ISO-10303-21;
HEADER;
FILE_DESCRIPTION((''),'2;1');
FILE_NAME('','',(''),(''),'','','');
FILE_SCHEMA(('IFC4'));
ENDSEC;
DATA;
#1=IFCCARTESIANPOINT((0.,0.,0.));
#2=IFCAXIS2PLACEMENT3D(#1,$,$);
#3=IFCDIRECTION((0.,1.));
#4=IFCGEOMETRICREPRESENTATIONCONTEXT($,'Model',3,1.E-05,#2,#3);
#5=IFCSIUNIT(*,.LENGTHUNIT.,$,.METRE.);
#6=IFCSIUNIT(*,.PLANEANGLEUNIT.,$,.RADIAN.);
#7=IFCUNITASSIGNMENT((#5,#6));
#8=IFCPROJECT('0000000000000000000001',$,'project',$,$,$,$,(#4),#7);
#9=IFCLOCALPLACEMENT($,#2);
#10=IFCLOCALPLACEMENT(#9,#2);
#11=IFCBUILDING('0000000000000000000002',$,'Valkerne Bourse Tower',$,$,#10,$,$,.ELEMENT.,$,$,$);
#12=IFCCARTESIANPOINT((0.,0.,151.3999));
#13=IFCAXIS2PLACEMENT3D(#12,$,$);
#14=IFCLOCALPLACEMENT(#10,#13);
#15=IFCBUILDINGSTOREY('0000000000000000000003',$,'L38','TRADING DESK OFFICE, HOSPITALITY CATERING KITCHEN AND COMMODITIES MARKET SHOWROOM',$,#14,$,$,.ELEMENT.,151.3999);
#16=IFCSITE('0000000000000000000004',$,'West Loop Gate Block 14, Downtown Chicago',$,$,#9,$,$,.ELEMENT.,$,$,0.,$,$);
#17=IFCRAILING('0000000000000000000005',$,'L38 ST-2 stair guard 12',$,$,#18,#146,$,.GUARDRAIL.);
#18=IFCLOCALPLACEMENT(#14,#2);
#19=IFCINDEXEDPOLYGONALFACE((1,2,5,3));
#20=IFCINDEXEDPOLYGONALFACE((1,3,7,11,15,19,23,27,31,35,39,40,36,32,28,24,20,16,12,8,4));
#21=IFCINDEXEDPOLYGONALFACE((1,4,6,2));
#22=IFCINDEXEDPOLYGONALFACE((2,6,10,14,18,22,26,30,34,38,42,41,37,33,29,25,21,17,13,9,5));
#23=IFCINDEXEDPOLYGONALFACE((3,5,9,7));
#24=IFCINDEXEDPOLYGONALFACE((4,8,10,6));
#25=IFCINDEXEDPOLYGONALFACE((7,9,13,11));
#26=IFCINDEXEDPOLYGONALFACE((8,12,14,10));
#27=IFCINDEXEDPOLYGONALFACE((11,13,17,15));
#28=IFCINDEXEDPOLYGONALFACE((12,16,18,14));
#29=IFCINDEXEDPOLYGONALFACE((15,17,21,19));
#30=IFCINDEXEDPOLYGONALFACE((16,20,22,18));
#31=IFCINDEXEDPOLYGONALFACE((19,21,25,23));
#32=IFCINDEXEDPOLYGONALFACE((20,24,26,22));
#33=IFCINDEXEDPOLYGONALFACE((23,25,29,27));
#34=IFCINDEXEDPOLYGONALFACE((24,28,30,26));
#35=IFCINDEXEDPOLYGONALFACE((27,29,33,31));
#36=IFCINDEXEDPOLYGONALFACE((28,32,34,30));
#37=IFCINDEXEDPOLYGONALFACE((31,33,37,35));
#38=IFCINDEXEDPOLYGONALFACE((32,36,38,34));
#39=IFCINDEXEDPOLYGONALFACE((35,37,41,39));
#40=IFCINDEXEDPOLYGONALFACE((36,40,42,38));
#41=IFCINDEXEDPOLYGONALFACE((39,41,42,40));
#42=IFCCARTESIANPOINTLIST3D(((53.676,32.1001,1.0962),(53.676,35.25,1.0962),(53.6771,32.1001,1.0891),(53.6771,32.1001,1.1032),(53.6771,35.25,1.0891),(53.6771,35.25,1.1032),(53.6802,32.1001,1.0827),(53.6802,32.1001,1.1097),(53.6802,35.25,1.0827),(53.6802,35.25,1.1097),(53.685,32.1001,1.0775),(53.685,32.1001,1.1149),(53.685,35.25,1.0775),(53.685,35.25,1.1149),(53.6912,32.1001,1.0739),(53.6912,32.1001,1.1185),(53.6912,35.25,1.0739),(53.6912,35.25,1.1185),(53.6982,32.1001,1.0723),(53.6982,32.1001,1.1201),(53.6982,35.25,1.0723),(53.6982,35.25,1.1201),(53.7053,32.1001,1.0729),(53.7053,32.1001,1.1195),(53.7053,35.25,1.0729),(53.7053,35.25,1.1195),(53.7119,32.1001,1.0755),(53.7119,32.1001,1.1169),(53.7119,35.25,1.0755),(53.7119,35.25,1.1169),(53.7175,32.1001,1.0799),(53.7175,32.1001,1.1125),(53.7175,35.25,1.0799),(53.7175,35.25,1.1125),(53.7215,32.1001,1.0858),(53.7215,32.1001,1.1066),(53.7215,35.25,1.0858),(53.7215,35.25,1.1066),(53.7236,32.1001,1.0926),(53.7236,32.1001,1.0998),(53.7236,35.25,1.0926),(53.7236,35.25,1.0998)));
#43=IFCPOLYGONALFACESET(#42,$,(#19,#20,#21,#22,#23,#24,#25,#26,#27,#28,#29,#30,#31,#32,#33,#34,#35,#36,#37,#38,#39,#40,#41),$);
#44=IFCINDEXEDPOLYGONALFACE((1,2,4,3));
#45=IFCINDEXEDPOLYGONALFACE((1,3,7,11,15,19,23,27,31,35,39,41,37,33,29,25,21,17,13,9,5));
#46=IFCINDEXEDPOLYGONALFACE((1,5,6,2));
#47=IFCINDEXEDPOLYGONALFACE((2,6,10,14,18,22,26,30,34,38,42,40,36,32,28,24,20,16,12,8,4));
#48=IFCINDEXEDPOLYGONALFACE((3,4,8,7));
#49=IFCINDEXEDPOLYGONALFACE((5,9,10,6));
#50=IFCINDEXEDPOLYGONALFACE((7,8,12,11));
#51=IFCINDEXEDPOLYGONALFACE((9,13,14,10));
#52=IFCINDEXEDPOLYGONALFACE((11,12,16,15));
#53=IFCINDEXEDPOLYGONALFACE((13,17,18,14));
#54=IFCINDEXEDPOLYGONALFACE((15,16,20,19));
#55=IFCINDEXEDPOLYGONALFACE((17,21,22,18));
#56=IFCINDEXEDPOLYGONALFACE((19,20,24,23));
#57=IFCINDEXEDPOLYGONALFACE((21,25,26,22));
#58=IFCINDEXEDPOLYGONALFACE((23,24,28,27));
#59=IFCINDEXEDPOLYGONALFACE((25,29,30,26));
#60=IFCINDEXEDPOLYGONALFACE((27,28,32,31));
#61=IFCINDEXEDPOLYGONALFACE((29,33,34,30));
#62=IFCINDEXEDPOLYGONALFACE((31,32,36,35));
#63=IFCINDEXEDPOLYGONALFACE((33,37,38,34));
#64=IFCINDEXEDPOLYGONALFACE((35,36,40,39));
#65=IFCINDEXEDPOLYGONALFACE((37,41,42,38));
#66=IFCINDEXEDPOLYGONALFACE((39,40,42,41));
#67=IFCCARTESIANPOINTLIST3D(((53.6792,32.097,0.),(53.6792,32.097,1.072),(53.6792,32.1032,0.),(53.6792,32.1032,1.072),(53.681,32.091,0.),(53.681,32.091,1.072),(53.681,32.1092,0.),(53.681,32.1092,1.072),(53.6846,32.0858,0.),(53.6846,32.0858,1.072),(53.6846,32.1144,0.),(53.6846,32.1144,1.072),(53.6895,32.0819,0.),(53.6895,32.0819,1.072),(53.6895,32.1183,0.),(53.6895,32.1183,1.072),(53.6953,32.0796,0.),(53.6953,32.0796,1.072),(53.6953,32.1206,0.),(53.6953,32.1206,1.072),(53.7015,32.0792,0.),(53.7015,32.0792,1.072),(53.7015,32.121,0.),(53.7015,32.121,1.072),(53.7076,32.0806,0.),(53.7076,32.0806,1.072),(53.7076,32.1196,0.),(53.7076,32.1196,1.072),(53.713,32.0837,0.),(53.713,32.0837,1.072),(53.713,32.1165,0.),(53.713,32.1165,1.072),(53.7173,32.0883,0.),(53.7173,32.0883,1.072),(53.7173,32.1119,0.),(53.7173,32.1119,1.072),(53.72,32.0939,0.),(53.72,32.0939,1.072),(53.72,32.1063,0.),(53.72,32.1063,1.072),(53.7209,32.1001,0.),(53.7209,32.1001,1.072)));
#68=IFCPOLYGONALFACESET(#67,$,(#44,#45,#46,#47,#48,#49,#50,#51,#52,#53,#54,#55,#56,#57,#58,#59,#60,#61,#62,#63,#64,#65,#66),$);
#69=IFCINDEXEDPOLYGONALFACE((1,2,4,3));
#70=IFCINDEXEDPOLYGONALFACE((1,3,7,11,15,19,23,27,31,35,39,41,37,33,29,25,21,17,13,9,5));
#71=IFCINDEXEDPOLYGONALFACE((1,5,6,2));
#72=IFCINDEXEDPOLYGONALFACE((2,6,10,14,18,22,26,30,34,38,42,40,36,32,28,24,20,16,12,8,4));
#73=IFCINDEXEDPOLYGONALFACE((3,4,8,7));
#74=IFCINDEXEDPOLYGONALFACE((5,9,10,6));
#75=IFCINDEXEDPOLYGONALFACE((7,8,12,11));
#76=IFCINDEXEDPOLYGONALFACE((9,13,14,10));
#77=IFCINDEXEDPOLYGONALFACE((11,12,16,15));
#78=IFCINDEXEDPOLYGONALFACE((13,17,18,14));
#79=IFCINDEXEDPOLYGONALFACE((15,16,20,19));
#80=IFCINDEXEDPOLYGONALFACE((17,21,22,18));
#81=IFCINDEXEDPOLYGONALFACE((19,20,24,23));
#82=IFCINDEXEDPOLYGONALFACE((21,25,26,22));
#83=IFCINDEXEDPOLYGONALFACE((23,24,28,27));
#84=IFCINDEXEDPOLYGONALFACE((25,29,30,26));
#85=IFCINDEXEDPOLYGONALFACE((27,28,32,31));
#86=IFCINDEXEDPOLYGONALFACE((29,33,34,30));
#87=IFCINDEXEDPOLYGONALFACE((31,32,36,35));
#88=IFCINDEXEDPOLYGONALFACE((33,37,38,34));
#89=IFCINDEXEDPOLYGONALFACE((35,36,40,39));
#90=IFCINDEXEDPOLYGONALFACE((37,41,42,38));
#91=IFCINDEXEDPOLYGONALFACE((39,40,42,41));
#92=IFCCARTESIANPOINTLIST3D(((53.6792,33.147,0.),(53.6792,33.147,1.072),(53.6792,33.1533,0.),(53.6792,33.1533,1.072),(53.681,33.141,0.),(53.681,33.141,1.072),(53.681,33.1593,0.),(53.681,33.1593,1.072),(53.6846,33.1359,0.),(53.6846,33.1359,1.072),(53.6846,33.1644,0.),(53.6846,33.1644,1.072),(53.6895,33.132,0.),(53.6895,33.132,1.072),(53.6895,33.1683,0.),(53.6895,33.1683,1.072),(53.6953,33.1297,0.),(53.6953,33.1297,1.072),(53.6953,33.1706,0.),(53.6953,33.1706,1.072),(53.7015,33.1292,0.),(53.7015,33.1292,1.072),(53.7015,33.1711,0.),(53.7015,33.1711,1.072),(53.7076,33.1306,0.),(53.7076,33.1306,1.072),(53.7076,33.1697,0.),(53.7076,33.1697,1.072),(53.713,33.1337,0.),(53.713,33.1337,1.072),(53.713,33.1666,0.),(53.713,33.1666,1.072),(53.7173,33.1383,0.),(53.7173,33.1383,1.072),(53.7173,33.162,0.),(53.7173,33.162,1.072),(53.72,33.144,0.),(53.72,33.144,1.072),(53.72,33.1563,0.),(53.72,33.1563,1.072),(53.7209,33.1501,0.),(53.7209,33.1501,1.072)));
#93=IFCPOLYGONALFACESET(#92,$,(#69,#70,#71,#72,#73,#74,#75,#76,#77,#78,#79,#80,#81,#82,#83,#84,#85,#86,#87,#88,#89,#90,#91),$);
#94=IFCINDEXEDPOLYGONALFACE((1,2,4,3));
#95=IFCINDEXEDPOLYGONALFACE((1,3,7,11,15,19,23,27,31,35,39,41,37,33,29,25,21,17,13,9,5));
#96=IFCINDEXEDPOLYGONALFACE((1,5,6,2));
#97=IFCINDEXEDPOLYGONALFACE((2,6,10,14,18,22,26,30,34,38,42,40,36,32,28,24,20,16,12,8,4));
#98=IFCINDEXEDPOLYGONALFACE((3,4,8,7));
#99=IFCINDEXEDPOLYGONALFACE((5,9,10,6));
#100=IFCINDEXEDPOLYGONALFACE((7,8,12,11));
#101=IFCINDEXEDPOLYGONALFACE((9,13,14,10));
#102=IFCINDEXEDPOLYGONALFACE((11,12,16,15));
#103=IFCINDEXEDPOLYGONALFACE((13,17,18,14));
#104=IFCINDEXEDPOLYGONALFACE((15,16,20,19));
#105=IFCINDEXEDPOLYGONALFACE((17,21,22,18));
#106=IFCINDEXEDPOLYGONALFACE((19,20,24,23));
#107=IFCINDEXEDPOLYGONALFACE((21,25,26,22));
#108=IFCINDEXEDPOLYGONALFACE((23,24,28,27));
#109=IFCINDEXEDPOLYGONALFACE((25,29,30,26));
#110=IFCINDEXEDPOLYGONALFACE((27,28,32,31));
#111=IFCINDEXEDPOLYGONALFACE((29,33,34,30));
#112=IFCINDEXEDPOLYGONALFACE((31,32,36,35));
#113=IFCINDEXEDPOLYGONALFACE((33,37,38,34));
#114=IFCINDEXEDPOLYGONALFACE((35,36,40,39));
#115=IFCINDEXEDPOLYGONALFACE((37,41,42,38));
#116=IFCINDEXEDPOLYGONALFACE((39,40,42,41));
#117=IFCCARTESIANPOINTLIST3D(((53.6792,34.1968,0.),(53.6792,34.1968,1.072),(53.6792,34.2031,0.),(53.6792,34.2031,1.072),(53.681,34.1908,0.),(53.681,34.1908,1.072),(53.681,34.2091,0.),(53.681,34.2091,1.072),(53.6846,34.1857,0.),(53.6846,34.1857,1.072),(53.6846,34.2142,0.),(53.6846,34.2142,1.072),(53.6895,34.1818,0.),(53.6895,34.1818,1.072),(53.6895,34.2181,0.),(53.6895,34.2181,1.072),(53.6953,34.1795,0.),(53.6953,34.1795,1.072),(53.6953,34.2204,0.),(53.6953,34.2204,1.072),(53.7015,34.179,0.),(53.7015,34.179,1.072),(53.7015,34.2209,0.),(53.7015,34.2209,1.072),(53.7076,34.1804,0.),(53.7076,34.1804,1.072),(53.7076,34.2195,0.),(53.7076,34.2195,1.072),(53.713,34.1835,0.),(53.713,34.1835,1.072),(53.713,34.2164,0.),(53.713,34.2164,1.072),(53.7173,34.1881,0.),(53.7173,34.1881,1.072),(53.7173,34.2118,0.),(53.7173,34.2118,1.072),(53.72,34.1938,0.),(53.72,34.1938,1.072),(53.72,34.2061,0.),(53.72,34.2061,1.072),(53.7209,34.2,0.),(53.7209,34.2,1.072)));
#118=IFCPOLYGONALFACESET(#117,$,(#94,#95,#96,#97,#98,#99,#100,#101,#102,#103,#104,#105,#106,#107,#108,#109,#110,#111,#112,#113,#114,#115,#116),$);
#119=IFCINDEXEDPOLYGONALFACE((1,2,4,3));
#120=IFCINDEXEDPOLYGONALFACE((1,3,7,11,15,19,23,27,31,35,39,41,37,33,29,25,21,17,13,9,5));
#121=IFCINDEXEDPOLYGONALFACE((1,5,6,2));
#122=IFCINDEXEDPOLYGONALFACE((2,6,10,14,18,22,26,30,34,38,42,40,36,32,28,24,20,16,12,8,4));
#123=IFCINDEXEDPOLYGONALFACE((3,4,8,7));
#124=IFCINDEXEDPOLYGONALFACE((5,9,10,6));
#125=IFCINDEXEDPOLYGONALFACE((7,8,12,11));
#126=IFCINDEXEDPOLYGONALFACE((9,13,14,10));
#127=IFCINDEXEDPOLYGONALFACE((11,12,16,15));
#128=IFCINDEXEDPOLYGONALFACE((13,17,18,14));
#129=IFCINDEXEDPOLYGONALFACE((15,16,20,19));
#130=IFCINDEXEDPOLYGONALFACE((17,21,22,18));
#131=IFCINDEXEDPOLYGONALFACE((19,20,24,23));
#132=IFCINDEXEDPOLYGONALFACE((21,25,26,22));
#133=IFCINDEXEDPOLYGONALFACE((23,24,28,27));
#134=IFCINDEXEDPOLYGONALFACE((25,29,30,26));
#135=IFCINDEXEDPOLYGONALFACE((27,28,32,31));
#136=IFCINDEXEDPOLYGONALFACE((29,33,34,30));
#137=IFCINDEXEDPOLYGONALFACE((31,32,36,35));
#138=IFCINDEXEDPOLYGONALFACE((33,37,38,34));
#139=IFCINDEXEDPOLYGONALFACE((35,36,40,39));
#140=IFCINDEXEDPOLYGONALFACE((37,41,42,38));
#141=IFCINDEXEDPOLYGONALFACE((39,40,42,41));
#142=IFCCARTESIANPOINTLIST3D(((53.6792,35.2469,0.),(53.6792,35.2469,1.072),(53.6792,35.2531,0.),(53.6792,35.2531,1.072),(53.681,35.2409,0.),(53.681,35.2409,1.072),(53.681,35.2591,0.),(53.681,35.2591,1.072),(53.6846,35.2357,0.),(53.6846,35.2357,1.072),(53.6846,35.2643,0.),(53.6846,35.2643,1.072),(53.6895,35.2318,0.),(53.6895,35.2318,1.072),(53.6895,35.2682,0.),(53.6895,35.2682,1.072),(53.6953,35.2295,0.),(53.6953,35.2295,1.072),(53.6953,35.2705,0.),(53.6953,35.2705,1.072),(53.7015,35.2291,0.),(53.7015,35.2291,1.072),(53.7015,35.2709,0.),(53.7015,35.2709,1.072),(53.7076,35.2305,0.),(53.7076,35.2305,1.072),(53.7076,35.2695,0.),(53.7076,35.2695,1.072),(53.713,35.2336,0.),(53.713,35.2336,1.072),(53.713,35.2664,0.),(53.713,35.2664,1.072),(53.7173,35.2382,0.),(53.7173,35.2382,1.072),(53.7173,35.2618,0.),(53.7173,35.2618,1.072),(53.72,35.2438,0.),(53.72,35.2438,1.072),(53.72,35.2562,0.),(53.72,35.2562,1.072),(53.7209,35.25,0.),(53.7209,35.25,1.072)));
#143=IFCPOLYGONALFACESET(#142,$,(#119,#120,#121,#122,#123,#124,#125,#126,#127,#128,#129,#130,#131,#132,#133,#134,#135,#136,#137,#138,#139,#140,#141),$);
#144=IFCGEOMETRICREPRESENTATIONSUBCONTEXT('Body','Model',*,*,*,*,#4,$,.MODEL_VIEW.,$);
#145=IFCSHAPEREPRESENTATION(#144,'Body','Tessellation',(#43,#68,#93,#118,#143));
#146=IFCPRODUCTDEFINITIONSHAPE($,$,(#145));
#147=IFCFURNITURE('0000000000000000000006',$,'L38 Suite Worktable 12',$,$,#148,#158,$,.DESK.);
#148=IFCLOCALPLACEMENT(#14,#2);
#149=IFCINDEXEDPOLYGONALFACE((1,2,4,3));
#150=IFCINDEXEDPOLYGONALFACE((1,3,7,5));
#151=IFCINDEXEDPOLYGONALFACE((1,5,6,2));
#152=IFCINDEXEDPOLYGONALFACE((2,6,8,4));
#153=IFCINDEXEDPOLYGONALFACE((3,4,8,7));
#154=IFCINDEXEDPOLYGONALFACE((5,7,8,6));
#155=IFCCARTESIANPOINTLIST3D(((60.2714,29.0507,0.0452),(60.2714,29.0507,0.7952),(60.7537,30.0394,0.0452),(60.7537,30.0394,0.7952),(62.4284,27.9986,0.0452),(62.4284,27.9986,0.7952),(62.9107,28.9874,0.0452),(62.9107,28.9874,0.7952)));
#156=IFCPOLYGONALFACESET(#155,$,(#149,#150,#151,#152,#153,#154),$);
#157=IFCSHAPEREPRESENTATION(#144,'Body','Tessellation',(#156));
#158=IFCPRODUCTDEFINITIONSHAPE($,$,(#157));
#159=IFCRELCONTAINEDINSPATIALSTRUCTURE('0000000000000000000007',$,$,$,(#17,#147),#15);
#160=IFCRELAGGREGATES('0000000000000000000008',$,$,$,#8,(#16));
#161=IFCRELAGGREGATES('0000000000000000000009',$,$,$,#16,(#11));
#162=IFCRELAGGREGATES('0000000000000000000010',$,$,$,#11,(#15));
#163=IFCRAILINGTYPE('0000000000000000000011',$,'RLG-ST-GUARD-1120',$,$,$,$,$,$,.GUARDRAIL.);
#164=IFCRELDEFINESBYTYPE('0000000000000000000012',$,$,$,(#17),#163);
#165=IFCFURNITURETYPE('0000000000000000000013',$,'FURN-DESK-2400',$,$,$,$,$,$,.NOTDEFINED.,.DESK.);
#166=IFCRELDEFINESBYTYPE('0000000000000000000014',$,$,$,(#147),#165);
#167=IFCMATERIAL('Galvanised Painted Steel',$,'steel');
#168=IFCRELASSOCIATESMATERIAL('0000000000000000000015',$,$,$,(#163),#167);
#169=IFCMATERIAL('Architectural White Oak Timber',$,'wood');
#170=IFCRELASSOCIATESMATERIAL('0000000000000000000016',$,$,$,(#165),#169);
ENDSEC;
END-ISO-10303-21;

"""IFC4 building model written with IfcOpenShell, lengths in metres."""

from ifc_helpers import new_model, si_unit, direction, frame, origin, origin_2d, place, context, subcontext, project, spatial, rectangle, circle, extrude, material, type_object, element, save


model = new_model("IFC4")

# Units and contexts
model_context = context("Model", 3, precision=1e-05, world=origin(), true_north=direction((0.0, 1.0)))
body_context = subcontext(model_context, "Body", "Model", "MODEL_VIEW")
ifc_project = project(units=[si_unit("LENGTHUNIT", "METRE"), si_unit("PLANEANGLEUNIT", "RADIAN")], contexts=[model_context])

# Site, building, storey
site_placement = place(None, origin())
site = spatial("IfcSite", under=ifc_project, at=site_placement, Name="West Loop Gate Block 14, Downtown Chicago", CompositionType="ELEMENT", RefElevation=0.0)
building_placement = place(site_placement, origin())
building = spatial("IfcBuilding", under=site, at=building_placement, Name="Valkerne Bourse Tower", CompositionType="ELEMENT")
storey_placement = place(building_placement, frame((0.0, 0.0, 151.3999)))
storey = spatial("IfcBuildingStorey", under=building, at=storey_placement, Name="L38", Description="TRADING DESK OFFICE, HOSPITALITY CATERING KITCHEN AND COMMODITIES MARKET SHOWROOM", CompositionType="ELEMENT", Elevation=151.3999)

# Shared definitions
ifc_material_1 = material(Name="Architectural White Oak Timber", Category="wood")

# Railing
ifc_material_2 = material(Name="Galvanised Painted Steel", Category="steel")
railing_type = type_object("IfcRailingType", Name="RLG-ST-GUARD-1120", PredefinedType="GUARDRAIL", material=ifc_material_2)
railing_1_placement = place(storey_placement, frame((53.7, 32.1001, 0.0)))
element("IfcRailing", 1, at=railing_1_placement, inside=storey, type_object=railing_type, Name="L38 ST-2 stair guard 12", PredefinedType="GUARDRAIL", context=body_context, shape_type="SweptSolid", body=[
    extrude(circle(Radius=0.0239, at=origin_2d()), frame((0.0, 0.0, 1.0962), z_axis=(0.0, 1.0, 0.0), x_axis=(-1.0, 0.0, 0.0)), (0.0, 0.0, 1.0), 3.1499),
    extrude(circle(Radius=0.021, at=origin_2d()), origin(), (0.0, 0.0, 1.0), 1.072),
    extrude(circle(Radius=0.021, at=origin_2d()), frame((0.0, 1.05, 0.0)), (0.0, 0.0, 1.0), 1.072),
    extrude(circle(Radius=0.021, at=origin_2d()), frame((0.0, 2.0999, 0.0)), (0.0, 0.0, 1.0), 1.072),
    extrude(circle(Radius=0.021, at=origin_2d()), frame((0.0, 3.1499, 0.0)), (0.0, 0.0, 1.0), 1.072),
])

# Furniture
furniture_type = type_object("IfcFurnitureType", Name="FURN-DESK-2400", AssemblyPlace="NOTDEFINED", PredefinedType="DESK", material=ifc_material_1)
furniture_placement = place(storey_placement, frame((61.5911, 29.019, 0.0452), z_axis=(0.0, 0.0, 1.0), x_axis=(-0.898794, 0.438371, 0.0)))
element("IfcFurniture", 2, at=furniture_placement, inside=storey, type_object=furniture_type, Name="L38 Suite Worktable 12", PredefinedType="DESK", context=body_context, shape_type="SweptSolid", body=[
    extrude(rectangle(XDim=2.3999, YDim=1.1001, at=origin_2d()), origin(), (0.0, 0.0, 1.0), 0.75),
])

save(model, "model.ifc")
